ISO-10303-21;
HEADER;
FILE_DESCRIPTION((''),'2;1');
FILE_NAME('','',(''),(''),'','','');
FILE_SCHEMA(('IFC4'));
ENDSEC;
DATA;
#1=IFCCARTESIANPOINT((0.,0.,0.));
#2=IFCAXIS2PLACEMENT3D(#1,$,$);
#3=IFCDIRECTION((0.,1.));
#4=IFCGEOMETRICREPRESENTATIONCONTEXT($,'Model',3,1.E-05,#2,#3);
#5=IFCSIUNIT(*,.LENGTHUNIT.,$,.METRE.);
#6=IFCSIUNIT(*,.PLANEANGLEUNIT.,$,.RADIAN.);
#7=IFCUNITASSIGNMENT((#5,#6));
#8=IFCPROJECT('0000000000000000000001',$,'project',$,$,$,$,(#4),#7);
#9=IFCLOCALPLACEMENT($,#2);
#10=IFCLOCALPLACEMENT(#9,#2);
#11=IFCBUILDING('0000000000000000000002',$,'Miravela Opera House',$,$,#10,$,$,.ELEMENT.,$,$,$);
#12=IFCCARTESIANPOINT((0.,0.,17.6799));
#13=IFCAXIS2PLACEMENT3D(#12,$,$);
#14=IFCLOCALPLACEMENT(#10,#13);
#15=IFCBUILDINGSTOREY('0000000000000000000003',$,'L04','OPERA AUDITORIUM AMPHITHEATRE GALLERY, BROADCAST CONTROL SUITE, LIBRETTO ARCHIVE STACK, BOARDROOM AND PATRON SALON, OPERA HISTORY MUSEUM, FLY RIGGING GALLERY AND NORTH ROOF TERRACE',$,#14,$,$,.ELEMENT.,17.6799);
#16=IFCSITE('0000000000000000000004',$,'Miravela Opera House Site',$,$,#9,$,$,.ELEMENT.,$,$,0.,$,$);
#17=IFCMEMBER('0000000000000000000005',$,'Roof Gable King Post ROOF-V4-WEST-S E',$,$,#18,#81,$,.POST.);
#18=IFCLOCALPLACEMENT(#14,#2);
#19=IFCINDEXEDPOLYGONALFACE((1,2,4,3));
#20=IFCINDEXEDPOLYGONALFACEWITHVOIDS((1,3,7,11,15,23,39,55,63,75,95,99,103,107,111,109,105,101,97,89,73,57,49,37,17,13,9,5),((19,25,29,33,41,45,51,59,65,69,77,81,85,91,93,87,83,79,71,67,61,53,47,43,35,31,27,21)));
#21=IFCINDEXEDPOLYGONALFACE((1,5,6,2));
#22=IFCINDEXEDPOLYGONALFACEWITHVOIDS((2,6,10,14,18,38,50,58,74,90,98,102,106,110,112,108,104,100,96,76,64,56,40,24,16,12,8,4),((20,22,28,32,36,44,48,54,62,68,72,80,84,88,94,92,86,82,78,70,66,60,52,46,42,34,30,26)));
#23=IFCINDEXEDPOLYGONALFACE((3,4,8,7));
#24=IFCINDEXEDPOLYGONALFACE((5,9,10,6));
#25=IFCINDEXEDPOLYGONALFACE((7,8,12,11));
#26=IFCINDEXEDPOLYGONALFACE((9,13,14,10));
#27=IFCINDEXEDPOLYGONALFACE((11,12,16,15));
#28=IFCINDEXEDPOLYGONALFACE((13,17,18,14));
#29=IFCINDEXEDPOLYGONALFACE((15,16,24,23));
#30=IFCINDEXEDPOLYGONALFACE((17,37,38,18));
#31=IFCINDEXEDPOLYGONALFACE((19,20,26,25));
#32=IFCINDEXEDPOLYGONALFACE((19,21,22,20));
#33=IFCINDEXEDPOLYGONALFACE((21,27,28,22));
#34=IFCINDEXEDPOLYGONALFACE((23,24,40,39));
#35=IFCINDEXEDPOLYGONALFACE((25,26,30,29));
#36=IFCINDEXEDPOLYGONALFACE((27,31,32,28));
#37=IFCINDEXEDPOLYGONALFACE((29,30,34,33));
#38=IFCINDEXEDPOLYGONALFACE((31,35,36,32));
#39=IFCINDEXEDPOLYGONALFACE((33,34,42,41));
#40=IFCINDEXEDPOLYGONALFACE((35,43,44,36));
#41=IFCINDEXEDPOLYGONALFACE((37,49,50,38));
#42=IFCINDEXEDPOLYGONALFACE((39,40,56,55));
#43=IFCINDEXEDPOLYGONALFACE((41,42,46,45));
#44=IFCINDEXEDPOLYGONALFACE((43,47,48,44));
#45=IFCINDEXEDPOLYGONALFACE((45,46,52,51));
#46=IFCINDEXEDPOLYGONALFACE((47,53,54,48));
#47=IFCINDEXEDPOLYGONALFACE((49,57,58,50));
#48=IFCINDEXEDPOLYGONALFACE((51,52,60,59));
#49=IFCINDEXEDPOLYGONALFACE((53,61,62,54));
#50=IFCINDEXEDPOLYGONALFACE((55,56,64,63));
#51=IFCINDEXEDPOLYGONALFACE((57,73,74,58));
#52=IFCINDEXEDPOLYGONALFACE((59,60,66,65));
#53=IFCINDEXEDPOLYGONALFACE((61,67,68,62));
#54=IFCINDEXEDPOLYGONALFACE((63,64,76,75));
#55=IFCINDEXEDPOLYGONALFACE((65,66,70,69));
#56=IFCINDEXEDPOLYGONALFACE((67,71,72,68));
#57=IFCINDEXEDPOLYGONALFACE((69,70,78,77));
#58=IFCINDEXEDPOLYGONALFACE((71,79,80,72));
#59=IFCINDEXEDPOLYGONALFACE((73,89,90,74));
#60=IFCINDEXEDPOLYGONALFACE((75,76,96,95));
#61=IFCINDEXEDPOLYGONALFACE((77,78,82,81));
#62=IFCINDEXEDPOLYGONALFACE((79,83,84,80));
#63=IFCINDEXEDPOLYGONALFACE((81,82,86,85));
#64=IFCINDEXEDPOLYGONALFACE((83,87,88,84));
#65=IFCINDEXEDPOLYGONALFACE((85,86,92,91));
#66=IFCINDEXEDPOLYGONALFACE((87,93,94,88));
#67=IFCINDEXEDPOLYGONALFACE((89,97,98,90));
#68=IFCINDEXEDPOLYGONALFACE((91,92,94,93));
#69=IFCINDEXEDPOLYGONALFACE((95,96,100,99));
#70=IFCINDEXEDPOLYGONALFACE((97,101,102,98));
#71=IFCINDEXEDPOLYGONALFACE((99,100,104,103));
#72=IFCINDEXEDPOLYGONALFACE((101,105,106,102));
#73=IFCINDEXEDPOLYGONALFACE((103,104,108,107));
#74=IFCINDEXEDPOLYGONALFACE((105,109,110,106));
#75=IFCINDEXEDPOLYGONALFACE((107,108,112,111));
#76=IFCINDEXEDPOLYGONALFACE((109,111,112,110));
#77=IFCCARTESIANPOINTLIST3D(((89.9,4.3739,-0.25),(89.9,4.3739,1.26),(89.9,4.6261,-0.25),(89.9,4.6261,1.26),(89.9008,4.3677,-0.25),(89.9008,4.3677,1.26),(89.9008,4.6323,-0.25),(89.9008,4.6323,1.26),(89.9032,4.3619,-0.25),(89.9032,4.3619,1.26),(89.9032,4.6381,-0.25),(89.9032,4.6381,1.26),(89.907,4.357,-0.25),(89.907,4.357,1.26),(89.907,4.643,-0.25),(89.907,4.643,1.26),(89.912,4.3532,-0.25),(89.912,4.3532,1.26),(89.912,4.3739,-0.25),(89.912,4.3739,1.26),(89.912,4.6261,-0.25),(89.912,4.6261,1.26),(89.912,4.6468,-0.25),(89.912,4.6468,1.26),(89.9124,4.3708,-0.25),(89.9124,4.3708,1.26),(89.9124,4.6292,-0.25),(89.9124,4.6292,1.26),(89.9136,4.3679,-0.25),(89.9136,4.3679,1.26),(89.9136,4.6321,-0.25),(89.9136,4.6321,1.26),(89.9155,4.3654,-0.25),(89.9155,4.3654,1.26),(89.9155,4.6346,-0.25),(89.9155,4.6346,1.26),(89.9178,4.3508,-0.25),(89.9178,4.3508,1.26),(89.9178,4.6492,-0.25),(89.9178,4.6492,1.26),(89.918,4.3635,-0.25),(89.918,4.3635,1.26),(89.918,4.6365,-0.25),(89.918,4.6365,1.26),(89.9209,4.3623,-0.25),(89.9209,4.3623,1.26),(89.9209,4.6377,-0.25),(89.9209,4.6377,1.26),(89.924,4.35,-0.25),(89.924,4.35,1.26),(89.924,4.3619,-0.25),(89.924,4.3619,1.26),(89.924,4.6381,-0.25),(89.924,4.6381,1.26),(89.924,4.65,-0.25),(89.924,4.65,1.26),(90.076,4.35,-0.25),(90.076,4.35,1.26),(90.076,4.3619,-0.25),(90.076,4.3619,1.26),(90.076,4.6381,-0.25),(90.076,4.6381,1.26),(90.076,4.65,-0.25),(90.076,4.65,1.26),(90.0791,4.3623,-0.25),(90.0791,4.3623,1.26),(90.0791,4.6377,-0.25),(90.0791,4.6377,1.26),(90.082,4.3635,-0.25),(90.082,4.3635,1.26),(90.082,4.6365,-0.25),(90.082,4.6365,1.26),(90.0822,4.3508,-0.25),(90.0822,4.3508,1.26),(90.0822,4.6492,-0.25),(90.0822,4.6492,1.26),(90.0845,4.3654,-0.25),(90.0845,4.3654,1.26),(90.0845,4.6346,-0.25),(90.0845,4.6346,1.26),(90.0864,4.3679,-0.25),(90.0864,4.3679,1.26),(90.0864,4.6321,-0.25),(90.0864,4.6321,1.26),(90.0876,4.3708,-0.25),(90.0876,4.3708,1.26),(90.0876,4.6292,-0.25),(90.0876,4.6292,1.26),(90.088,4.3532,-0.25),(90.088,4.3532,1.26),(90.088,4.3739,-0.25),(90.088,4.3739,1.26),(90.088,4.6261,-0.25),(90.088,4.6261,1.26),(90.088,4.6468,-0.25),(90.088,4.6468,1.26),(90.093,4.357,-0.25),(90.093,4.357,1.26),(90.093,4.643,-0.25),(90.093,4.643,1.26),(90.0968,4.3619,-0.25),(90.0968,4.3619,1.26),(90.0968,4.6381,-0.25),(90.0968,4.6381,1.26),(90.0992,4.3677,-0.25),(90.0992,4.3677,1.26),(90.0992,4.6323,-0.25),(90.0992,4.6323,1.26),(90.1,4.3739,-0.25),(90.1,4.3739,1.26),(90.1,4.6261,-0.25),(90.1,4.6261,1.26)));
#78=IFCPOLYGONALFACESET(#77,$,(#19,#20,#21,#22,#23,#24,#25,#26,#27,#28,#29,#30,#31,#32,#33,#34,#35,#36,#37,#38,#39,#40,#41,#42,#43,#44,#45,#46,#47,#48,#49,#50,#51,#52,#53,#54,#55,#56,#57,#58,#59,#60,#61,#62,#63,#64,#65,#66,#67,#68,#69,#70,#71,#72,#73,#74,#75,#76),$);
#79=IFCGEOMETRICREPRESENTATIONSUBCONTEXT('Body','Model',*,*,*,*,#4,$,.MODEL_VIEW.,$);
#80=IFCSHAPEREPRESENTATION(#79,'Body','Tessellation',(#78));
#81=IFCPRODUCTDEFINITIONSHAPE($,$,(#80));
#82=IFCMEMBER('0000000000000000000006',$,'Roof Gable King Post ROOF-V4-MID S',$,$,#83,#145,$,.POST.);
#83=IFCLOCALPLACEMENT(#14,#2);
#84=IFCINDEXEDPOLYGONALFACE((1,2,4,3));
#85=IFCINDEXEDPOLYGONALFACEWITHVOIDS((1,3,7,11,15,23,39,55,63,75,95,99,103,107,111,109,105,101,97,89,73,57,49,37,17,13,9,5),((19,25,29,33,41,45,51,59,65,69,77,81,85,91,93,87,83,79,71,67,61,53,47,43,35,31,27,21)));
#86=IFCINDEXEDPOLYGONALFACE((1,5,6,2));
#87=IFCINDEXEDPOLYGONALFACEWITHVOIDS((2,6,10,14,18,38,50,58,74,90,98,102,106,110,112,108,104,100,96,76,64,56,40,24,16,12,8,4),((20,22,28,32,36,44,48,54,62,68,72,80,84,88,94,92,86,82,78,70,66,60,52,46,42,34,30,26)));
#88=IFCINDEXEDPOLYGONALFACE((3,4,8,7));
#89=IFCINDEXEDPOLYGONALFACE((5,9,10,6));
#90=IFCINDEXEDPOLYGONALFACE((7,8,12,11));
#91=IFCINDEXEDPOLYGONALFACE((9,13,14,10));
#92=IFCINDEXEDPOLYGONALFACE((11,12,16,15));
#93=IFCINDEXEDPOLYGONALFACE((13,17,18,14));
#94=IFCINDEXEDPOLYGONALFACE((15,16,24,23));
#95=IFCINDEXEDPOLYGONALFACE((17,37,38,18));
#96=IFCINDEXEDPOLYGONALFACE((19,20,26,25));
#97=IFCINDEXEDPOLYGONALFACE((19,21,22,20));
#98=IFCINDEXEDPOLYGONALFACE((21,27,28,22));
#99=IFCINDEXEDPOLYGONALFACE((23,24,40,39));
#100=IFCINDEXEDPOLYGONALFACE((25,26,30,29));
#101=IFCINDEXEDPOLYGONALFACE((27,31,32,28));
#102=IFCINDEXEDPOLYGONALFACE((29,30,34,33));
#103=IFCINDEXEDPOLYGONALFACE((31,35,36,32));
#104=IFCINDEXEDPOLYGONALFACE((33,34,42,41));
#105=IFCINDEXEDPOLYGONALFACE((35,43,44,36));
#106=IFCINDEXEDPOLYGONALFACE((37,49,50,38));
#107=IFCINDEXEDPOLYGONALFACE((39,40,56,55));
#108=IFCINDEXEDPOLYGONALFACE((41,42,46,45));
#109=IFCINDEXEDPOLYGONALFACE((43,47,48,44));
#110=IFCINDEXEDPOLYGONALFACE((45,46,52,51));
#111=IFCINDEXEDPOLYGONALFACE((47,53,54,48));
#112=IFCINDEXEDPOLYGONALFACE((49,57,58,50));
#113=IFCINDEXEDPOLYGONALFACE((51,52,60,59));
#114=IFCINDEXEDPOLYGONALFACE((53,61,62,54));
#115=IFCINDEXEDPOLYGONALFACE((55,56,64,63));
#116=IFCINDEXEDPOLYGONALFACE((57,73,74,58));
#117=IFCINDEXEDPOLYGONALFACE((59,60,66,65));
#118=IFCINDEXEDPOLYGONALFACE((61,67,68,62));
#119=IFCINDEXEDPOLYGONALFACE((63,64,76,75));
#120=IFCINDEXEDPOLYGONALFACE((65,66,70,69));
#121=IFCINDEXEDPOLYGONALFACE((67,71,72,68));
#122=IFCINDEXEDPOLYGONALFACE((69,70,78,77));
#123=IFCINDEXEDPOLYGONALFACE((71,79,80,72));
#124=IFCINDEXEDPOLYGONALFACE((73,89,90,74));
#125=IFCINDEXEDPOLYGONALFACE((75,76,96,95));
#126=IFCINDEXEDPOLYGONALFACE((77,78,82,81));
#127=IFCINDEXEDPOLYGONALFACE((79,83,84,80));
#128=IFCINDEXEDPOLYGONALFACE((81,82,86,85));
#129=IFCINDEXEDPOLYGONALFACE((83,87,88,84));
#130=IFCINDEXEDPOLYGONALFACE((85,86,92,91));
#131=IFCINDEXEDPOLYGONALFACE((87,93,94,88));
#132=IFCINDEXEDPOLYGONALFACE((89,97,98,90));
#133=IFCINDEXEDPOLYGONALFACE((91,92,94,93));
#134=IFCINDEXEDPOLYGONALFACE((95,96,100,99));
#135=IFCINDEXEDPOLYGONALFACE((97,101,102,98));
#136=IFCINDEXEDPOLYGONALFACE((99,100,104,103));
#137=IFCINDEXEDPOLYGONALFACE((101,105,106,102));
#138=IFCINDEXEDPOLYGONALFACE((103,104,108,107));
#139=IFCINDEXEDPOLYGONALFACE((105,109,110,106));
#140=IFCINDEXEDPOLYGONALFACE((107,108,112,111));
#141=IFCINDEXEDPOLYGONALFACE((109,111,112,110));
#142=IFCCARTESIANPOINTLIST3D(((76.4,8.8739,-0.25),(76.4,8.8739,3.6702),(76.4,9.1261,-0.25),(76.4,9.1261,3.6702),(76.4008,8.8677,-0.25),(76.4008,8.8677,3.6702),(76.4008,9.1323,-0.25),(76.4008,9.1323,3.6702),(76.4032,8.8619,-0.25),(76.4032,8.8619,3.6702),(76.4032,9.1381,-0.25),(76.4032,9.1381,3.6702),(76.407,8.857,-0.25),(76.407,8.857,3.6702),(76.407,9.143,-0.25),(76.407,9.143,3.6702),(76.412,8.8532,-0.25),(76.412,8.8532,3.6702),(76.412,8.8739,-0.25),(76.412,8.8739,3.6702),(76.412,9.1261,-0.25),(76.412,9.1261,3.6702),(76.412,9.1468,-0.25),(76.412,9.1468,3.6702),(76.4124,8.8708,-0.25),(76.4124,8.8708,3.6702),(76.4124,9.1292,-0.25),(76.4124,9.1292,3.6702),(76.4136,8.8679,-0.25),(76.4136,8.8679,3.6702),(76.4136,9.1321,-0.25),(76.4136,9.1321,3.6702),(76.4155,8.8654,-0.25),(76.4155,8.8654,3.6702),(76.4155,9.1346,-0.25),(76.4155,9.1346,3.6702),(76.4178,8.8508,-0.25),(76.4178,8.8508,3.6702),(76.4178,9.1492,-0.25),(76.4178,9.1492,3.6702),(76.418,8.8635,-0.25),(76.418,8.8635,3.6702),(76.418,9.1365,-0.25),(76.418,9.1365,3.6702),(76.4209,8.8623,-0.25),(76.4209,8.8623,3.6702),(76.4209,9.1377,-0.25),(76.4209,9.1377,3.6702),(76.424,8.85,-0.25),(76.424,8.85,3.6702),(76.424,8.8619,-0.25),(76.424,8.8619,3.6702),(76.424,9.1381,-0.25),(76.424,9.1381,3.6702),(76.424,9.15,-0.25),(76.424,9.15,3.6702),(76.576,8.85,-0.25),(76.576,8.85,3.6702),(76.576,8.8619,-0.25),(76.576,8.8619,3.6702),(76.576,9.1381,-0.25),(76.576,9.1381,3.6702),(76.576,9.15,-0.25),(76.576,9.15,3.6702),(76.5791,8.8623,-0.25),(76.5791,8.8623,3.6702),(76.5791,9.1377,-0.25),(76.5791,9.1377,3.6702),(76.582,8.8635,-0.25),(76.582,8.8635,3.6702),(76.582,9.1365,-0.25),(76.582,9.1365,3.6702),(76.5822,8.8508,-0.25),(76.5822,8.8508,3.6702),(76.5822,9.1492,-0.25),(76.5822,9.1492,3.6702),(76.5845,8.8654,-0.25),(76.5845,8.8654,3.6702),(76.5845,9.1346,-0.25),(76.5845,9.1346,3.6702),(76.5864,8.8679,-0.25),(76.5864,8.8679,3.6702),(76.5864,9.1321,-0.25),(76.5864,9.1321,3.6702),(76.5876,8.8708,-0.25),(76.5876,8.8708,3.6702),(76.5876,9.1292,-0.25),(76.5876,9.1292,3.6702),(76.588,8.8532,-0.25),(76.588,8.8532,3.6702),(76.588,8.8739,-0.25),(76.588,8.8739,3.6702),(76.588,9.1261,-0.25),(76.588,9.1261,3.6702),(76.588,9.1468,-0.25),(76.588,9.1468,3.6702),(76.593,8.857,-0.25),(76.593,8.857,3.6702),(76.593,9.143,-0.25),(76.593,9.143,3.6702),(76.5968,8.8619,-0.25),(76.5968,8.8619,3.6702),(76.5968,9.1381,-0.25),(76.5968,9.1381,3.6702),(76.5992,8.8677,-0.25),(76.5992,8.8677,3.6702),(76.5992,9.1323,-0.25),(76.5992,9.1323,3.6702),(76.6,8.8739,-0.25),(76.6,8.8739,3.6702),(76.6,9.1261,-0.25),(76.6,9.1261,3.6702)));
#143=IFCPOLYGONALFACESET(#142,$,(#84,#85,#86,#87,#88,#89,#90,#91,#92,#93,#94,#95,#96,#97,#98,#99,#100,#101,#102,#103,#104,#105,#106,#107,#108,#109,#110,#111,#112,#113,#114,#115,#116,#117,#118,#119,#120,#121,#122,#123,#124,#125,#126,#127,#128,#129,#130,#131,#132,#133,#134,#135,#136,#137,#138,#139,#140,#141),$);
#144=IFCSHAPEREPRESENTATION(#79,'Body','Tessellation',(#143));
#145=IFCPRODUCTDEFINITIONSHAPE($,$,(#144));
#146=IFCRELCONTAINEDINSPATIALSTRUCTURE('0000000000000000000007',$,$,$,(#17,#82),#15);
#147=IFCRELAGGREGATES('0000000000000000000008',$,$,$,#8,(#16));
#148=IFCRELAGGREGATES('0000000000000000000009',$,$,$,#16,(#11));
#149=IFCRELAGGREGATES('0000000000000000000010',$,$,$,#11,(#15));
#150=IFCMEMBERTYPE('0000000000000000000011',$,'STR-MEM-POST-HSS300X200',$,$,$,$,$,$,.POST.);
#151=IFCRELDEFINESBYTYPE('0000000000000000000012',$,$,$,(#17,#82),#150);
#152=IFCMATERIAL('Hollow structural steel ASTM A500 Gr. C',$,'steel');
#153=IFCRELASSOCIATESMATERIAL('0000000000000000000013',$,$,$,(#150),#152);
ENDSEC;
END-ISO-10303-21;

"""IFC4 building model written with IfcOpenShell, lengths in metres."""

from ifc_helpers import new_model, si_unit, direction, frame, origin, origin_2d, place, context, subcontext, project, spatial, hollow_rectangle, extrude, material, material_profile, profile_set, type_object, element, save


model = new_model("IFC4")

# Units and contexts
model_context = context("Model", 3, precision=1e-05, world=origin(), true_north=direction((0.0, 1.0)))
body_context = subcontext(model_context, "Body", "Model", "MODEL_VIEW")
ifc_project = project(units=[si_unit("LENGTHUNIT", "METRE"), si_unit("PLANEANGLEUNIT", "RADIAN")], contexts=[model_context])

# Site, building, storey
site_placement = place(None, origin())
site = spatial("IfcSite", under=ifc_project, at=site_placement, Name="Miravela Opera House Site", CompositionType="ELEMENT", RefElevation=0.0)
building_placement = place(site_placement, origin())
building = spatial("IfcBuilding", under=site, at=building_placement, Name="Miravela Opera House", CompositionType="ELEMENT")
storey_placement = place(building_placement, frame((0.0, 0.0, 17.6799)))
storey = spatial("IfcBuildingStorey", under=building, at=storey_placement, Name="L04", Description="OPERA AUDITORIUM AMPHITHEATRE GALLERY, BROADCAST CONTROL SUITE, LIBRETTO ARCHIVE STACK, BOARDROOM AND PATRON SALON, OPERA HISTORY MUSEUM, FLY RIGGING GALLERY AND NORTH ROOF TERRACE", CompositionType="ELEMENT", Elevation=17.6799)

# Members
ifc_material_1 = material(Name="Hollow structural steel ASTM A500 Gr. C", Category="steel")
ifc_material_profile_1 = material_profile(ifc_material_1, hollow_rectangle(XDim=0.2, YDim=0.3, WallThickness=0.012, InnerFilletRadius=0.012, OuterFilletRadius=0.0239, at=origin_2d()), Name="HSS300X200X12")
ifc_profile_set_1 = profile_set([ifc_material_profile_1])
member_type_1 = type_object("IfcMemberType", Name="STR-MEM-POST-HSS300X200", PredefinedType="POST", material=ifc_profile_set_1)
for number, where, z_axis, x_axis, name in (
    (1, (90.0, 4.5, -0.25), (0.0, 0.0, 1.0), (1.0, 0.0, 0.0), "Roof Gable King Post ROOF-V4-WEST-S E"),
):
    element("IfcMember", number, at=place(storey_placement, frame(where, z_axis=z_axis, x_axis=x_axis)), inside=storey, type_object=member_type_1, Name=name, PredefinedType="POST", context=body_context, shape_type="SweptSolid", body=[
        extrude(hollow_rectangle(XDim=0.2, YDim=0.3, WallThickness=0.012, InnerFilletRadius=0.012, OuterFilletRadius=0.0239, at=origin_2d()), origin(), (0.0, 0.0, 1.0), 1.51),
    ])
for number, where, z_axis, x_axis, name in (
    (2, (76.5, 9.0, -0.25), (0.0, 0.0, 1.0), (1.0, 0.0, 0.0), "Roof Gable King Post ROOF-V4-MID S"),
):
    element("IfcMember", number, at=place(storey_placement, frame(where, z_axis=z_axis, x_axis=x_axis)), inside=storey, type_object=member_type_1, Name=name, PredefinedType="POST", context=body_context, shape_type="SweptSolid", body=[
        extrude(hollow_rectangle(XDim=0.2, YDim=0.3, WallThickness=0.012, InnerFilletRadius=0.012, OuterFilletRadius=0.0239, at=origin_2d()), origin(), (0.0, 0.0, 1.0), 3.9202),
    ])

save(model, "model.ifc")
